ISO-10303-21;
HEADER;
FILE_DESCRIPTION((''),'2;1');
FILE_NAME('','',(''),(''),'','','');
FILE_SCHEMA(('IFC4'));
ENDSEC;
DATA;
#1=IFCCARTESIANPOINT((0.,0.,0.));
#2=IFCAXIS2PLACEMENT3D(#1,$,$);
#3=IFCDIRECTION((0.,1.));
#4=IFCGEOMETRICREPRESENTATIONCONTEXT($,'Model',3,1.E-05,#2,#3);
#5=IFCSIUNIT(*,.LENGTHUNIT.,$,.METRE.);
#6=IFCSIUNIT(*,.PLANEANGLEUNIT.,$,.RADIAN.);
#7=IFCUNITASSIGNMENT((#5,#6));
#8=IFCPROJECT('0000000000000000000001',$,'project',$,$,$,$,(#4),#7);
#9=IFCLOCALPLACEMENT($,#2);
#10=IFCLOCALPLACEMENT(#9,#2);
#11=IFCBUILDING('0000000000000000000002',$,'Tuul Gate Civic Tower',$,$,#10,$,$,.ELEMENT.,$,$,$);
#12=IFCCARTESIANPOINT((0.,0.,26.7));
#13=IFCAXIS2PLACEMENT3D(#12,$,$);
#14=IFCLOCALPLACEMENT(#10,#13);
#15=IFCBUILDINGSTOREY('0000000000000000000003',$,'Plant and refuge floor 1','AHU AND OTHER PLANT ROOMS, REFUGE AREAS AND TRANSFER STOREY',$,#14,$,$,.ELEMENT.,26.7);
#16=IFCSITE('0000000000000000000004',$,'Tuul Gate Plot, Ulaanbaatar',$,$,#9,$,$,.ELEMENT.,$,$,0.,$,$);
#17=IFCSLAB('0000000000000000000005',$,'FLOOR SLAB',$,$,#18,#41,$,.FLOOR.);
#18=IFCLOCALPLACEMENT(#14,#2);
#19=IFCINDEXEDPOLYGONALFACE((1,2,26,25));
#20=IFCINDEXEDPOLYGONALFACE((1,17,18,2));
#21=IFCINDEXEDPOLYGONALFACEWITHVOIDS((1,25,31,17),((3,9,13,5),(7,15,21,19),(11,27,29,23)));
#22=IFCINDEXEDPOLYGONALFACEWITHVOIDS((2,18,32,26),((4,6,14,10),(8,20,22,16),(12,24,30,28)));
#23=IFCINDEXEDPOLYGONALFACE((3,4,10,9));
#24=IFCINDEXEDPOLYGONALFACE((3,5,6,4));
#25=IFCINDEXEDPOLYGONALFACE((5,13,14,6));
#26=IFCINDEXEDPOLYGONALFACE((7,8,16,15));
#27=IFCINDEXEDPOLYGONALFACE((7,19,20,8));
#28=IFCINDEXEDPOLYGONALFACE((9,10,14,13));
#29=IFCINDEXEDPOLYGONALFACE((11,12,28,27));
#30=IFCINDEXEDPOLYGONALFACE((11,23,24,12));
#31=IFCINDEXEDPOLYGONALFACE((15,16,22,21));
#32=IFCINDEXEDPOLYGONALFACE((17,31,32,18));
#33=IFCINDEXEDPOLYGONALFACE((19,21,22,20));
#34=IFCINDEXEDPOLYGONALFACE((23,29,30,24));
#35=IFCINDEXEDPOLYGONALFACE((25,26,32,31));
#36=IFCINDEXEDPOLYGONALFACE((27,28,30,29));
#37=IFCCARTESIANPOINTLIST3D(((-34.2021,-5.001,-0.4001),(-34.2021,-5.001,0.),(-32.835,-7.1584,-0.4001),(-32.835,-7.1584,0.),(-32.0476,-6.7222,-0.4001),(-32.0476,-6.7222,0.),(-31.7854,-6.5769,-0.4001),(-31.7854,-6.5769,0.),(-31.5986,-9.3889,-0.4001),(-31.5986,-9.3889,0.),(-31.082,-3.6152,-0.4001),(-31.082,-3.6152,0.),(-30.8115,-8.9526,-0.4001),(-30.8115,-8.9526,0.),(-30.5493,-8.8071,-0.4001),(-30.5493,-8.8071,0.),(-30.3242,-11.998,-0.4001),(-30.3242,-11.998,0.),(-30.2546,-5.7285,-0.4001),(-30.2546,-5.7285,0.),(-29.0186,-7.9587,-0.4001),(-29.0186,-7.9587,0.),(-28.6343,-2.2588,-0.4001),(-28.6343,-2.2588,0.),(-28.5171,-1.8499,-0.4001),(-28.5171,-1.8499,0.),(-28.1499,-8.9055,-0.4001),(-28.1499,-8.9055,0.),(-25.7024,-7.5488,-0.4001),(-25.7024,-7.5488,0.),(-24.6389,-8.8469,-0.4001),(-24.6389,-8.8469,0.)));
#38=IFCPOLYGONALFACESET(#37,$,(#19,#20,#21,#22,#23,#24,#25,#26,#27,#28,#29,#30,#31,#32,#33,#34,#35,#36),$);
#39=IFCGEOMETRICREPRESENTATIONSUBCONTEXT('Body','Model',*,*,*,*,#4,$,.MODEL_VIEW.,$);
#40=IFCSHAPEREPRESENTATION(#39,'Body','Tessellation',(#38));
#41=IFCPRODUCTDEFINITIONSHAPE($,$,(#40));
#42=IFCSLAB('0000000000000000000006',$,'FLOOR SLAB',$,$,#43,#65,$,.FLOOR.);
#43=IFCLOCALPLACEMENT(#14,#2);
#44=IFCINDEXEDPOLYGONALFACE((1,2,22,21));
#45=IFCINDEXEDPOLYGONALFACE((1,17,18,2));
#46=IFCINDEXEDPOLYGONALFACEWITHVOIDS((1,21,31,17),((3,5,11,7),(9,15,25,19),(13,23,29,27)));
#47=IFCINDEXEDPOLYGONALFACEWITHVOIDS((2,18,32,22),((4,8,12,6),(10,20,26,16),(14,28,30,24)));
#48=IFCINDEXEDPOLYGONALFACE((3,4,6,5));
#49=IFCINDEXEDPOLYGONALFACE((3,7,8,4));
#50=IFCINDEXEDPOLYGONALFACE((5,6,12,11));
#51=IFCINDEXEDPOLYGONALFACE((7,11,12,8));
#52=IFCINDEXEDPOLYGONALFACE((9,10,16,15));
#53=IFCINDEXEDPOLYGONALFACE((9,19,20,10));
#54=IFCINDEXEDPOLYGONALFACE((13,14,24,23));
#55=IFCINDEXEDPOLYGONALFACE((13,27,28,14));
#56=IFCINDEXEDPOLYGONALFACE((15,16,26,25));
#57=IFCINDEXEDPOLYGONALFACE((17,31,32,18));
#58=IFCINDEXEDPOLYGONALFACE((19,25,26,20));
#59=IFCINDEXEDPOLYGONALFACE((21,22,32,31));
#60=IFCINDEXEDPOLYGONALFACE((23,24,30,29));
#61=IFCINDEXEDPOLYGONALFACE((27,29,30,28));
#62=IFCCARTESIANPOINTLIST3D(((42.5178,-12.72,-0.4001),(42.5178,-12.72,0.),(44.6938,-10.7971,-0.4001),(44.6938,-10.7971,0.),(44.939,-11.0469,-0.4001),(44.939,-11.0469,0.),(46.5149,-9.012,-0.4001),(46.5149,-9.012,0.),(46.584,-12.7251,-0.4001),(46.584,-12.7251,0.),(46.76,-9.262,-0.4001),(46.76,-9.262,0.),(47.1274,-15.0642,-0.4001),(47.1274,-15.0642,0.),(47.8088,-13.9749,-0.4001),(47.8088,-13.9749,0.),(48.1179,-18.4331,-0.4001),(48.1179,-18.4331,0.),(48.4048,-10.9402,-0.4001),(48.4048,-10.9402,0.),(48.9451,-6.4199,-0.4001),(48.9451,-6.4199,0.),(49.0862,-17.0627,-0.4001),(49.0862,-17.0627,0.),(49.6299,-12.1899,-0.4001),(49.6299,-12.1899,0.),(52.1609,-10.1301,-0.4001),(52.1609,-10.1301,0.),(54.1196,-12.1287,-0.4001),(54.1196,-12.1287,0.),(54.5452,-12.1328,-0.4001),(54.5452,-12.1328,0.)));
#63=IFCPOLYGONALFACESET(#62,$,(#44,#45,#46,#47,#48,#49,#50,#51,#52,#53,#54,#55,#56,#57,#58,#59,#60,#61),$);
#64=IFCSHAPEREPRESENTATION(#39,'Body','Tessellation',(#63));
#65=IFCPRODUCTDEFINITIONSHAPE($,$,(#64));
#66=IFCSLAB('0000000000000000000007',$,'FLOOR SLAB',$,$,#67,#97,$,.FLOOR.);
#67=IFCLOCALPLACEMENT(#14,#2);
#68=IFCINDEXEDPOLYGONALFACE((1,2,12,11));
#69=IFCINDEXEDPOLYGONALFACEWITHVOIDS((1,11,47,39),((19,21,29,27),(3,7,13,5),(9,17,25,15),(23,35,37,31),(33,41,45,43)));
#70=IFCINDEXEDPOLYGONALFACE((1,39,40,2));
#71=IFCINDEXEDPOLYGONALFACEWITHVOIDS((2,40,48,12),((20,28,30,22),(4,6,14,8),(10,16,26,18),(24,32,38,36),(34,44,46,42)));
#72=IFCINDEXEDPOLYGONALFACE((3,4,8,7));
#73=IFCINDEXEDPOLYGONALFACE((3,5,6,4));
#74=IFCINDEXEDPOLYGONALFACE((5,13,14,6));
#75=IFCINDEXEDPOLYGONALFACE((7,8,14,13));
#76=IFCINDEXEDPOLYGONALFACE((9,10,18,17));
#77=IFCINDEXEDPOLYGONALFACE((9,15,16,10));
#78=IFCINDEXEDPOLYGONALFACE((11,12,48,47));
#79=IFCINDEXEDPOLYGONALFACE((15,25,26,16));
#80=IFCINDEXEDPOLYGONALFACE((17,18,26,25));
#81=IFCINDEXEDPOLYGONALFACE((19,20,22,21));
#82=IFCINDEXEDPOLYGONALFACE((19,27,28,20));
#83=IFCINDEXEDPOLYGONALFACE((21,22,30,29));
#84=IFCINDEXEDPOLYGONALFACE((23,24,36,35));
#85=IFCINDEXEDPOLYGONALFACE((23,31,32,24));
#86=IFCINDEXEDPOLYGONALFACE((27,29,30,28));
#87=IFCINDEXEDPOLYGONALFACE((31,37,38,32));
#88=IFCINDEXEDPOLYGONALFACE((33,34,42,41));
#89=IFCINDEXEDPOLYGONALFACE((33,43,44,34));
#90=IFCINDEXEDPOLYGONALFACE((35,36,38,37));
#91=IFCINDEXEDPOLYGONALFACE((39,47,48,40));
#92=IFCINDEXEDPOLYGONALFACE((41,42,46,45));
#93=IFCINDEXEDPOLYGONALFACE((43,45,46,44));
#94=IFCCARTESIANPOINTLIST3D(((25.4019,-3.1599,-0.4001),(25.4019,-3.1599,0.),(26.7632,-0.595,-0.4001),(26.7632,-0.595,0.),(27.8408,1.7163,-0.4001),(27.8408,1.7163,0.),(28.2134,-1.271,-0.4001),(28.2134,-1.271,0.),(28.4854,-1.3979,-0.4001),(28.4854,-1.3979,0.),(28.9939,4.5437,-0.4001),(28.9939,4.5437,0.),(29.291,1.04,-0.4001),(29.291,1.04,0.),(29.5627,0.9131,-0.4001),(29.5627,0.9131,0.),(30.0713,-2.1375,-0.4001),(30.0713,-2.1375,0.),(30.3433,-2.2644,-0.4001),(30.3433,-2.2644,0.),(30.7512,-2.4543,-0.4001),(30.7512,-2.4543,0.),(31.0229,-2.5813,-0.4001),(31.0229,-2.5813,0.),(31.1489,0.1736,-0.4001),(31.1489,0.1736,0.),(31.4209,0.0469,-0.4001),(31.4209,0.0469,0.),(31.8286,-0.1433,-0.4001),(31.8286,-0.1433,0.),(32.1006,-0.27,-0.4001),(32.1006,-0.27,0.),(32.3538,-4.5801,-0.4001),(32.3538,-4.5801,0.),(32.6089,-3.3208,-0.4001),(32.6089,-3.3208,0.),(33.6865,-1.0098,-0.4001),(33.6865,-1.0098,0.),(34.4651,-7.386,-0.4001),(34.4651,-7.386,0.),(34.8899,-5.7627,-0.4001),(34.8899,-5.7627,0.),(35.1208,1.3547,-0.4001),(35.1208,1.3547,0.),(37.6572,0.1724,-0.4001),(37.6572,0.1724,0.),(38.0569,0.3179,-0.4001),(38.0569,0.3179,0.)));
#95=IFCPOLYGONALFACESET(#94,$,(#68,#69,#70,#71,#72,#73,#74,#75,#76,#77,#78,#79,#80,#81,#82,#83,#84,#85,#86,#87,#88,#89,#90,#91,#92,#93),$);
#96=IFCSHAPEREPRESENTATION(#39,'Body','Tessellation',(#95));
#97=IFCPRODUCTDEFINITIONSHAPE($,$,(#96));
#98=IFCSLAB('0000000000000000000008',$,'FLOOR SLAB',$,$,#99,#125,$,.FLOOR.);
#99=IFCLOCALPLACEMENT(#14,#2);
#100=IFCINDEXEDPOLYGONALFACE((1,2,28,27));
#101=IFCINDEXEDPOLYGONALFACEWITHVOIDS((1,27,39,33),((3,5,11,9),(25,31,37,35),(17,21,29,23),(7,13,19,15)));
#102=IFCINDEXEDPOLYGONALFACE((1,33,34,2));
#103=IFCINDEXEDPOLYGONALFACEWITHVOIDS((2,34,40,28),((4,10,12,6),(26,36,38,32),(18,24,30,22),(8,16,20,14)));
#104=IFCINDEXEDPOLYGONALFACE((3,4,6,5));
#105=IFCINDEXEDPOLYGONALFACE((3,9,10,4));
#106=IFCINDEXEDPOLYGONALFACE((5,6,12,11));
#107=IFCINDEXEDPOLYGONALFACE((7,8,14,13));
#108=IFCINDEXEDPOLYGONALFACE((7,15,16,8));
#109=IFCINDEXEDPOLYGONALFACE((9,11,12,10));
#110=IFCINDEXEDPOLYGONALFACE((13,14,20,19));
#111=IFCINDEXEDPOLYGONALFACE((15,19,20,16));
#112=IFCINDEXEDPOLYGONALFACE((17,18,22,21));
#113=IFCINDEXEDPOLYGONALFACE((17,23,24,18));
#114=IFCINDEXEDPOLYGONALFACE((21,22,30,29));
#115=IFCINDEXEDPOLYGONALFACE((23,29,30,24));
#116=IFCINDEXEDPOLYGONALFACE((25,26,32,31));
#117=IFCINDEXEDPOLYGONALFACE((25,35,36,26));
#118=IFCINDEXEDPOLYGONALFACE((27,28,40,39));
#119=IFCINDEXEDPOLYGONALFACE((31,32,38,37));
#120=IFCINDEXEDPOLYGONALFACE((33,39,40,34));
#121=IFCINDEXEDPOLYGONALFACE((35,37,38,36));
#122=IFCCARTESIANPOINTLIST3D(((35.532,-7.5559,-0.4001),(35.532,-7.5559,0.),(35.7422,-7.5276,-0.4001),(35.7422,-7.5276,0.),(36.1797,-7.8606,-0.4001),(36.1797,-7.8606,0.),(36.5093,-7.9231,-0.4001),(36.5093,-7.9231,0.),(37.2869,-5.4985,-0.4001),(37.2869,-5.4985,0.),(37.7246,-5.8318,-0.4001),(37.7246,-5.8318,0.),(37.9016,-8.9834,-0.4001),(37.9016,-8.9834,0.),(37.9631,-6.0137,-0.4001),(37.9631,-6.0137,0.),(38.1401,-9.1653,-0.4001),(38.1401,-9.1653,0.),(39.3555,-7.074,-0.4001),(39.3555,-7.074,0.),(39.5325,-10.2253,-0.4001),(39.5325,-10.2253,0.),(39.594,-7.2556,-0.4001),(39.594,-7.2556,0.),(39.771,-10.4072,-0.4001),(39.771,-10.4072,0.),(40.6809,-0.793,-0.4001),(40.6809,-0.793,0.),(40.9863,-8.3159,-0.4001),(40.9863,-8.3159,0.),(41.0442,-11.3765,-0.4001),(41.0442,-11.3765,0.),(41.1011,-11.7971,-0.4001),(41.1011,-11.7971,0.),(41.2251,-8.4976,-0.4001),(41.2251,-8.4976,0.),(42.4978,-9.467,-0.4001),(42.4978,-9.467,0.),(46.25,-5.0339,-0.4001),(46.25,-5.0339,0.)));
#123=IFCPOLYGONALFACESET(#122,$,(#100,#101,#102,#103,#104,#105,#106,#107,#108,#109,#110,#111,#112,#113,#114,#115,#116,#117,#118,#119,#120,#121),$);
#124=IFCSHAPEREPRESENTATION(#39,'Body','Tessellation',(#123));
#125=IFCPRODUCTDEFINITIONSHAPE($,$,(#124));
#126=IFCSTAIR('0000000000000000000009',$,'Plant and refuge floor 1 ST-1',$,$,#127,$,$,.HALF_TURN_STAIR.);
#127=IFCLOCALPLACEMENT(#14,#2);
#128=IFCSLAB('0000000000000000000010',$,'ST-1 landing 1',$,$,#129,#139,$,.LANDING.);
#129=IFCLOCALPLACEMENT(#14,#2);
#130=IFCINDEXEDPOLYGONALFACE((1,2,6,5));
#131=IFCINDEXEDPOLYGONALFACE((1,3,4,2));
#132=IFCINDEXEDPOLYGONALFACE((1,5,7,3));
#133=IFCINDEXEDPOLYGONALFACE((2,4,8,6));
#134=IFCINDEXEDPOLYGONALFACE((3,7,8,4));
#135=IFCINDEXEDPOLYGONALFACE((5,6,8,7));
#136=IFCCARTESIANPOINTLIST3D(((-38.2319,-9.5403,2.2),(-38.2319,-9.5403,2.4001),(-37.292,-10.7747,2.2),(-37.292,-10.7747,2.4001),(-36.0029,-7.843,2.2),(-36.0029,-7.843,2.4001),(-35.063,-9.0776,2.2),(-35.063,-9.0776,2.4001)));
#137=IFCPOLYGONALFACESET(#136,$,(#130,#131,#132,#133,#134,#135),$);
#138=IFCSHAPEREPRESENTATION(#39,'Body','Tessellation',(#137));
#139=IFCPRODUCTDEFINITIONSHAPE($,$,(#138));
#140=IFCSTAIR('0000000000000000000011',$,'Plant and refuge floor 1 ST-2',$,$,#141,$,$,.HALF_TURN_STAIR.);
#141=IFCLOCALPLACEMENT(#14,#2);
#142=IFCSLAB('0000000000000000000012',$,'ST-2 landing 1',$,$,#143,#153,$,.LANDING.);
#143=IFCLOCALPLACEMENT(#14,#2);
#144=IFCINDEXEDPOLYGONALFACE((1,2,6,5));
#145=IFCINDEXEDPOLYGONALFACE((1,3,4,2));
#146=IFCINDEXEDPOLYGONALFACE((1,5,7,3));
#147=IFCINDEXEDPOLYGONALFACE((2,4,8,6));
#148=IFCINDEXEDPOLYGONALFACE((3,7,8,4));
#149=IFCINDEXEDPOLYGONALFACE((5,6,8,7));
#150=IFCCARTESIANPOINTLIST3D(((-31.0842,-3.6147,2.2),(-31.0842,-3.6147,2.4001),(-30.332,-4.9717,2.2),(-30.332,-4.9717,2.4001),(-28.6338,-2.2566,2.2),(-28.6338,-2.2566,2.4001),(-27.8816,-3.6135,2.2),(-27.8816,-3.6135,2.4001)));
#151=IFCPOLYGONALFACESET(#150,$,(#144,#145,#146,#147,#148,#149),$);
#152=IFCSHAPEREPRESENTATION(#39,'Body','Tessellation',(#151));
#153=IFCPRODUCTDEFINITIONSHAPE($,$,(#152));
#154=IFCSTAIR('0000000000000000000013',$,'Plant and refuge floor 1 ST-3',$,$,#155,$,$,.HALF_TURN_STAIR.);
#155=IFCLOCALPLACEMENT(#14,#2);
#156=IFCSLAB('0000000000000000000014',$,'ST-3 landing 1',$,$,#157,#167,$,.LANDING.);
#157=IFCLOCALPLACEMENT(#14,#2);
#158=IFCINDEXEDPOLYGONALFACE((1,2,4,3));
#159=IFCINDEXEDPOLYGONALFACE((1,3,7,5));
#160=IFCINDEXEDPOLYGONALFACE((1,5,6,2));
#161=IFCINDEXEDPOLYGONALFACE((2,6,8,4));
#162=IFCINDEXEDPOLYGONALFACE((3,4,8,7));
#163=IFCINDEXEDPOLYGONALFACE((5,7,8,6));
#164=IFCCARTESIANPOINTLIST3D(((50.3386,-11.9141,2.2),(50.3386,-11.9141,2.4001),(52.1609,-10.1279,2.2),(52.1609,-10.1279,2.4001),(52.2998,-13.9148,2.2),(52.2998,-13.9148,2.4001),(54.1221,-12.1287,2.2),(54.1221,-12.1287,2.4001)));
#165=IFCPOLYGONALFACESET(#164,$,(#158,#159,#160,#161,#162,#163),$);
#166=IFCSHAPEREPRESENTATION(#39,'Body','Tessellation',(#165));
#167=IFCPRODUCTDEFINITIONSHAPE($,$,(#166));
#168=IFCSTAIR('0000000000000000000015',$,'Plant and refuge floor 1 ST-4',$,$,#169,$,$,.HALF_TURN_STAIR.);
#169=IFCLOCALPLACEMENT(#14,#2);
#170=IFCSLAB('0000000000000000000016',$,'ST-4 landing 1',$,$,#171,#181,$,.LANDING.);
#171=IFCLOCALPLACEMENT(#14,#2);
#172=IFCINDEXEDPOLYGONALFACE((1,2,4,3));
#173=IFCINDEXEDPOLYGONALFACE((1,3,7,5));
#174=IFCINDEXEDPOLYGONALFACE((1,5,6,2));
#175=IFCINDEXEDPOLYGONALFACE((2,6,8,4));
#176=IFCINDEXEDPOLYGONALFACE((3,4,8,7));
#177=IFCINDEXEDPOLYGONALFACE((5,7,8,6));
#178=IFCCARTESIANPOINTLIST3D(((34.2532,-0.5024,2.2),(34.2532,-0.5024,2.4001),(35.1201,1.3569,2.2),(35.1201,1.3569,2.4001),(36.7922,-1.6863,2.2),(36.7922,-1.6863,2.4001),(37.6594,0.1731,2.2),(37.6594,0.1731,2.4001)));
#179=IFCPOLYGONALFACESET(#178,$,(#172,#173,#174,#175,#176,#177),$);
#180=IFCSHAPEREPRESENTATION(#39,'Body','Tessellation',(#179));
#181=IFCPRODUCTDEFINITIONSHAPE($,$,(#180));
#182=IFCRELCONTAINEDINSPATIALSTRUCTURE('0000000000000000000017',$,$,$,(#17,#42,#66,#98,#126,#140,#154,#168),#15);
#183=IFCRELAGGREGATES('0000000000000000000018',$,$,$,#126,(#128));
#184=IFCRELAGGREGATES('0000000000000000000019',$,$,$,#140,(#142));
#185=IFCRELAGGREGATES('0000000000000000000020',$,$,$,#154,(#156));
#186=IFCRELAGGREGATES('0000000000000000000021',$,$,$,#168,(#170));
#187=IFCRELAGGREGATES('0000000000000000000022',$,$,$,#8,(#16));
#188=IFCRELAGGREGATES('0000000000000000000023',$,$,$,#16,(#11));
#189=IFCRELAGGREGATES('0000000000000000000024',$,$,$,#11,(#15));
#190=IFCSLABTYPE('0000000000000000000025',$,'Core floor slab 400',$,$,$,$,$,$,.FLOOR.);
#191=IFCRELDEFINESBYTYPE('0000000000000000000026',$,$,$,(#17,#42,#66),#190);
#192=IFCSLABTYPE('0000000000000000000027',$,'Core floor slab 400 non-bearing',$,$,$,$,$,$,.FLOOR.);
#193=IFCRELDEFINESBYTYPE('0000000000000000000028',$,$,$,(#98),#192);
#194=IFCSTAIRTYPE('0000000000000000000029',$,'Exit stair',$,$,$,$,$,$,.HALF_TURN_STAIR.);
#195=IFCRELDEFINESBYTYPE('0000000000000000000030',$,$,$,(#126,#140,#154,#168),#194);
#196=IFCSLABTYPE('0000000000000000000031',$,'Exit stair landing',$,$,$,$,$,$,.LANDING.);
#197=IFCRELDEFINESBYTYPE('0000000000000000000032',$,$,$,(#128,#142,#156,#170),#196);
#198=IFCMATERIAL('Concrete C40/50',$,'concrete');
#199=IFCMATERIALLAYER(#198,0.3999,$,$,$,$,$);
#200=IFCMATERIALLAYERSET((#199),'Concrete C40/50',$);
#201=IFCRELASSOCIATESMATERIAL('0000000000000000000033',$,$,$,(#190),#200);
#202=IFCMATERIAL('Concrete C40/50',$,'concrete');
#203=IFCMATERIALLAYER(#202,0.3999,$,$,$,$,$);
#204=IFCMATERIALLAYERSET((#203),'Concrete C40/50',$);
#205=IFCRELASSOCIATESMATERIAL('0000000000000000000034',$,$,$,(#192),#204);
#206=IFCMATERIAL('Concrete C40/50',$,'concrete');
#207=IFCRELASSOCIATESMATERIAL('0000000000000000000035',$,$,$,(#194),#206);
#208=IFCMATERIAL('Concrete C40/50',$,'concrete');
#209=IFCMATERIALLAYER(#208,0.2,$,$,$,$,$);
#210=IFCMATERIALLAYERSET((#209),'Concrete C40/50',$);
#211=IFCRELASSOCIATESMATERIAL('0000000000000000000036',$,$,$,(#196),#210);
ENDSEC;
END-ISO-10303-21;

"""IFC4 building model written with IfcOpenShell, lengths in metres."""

from ifc_helpers import new_model, si_unit, direction, frame, origin, place, context, subcontext, project, spatial, polyline, outline, extrude, material, layer, layer_set, type_object, element, aggregate, save


model = new_model("IFC4")

# Units and contexts
model_context = context("Model", 3, precision=1e-05, world=origin(), true_north=direction((0.0, 1.0)))
body_context = subcontext(model_context, "Body", "Model", "MODEL_VIEW")
ifc_project = project(units=[si_unit("LENGTHUNIT", "METRE"), si_unit("PLANEANGLEUNIT", "RADIAN")], contexts=[model_context])

# Site, building, storey
site_placement = place(None, origin())
site = spatial("IfcSite", under=ifc_project, at=site_placement, Name="Tuul Gate Plot, Ulaanbaatar", CompositionType="ELEMENT", RefElevation=0.0)
building_placement = place(site_placement, origin())
building = spatial("IfcBuilding", under=site, at=building_placement, Name="Tuul Gate Civic Tower", CompositionType="ELEMENT")
storey_placement = place(building_placement, frame((0.0, 0.0, 26.7)))
storey = spatial("IfcBuildingStorey", under=building, at=storey_placement, Name="Plant and refuge floor 1", Description="AHU AND OTHER PLANT ROOMS, REFUGE AREAS AND TRANSFER STOREY", CompositionType="ELEMENT", Elevation=26.7)

# Slabs
ifc_material_1 = material(Name="Concrete C40/50", Category="concrete")
ifc_layer_1 = layer(ifc_material_1, 0.3999)
ifc_layer_set_1 = layer_set([ifc_layer_1], Name="Concrete C40/50")
slab_type_1 = type_object("IfcSlabType", Name="Core floor slab 400", PredefinedType="FLOOR", material=ifc_layer_set_1)
slab_1_placement = place(storey_placement, frame((0.0, 0.0, -0.4001)))
element("IfcSlab", 1, at=slab_1_placement, inside=storey, type_object=slab_type_1, Name="FLOOR SLAB", PredefinedType="FLOOR", context=body_context, shape_type="SweptSolid", body=[
    extrude(outline(polyline([(-24.6389, -8.8469), (-28.5171, -1.8499), (-34.2021, -5.001), (-30.3242, -11.998), (-24.6389, -8.8469)]), holes=[polyline([(-29.0186, -7.9587), (-30.2546, -5.7285), (-31.7854, -6.5769), (-30.5493, -8.8071), (-29.0186, -7.9587)]), polyline([(-30.8115, -8.9526), (-32.0476, -6.7222), (-32.835, -7.1584), (-31.5986, -9.3889), (-30.8115, -8.9526)]), polyline([(-25.7024, -7.5488), (-28.1499, -8.9055), (-31.082, -3.6152), (-28.6343, -2.2588), (-25.7024, -7.5488)])]), origin(), (0.0, 0.0, 1.0), 0.4001),
])
slab_2_placement = place(storey_placement, frame((0.0, 0.0, -0.4001)))
element("IfcSlab", 2, at=slab_2_placement, inside=storey, type_object=slab_type_1, Name="FLOOR SLAB", PredefinedType="FLOOR", context=body_context, shape_type="SweptSolid", body=[
    extrude(outline(polyline([(48.1179, -18.4331), (54.5452, -12.1328), (48.9451, -6.4199), (42.5178, -12.72), (48.1179, -18.4331)]), holes=[polyline([(47.8088, -13.9749), (49.6299, -12.1899), (48.4048, -10.9402), (46.584, -12.7251), (47.8088, -13.9749)]), polyline([(44.939, -11.0469), (46.76, -9.262), (46.5149, -9.012), (44.6938, -10.7971), (44.939, -11.0469)]), polyline([(49.0862, -17.0627), (47.1274, -15.0642), (52.1609, -10.1301), (54.1196, -12.1287), (49.0862, -17.0627)])]), origin(), (0.0, 0.0, 1.0), 0.4001),
])
slab_3_placement = place(storey_placement, frame((0.0, 0.0, -0.4001)))
element("IfcSlab", 3, at=slab_3_placement, inside=storey, type_object=slab_type_1, Name="FLOOR SLAB", PredefinedType="FLOOR", context=body_context, shape_type="SweptSolid", body=[
    extrude(outline(polyline([(34.4651, -7.386), (38.0569, 0.3179), (28.9939, 4.5437), (25.4019, -3.1599), (34.4651, -7.386)]), holes=[polyline([(32.6089, -3.3208), (33.6865, -1.0098), (32.1006, -0.27), (31.0229, -2.5813), (32.6089, -3.3208)]), polyline([(30.0713, -2.1375), (31.1489, 0.1736), (29.5627, 0.9131), (28.4854, -1.3979), (30.0713, -2.1375)]), polyline([(30.7512, -2.4543), (31.8286, -0.1433), (31.4209, 0.0469), (30.3433, -2.2644), (30.7512, -2.4543)]), polyline([(28.2134, -1.271), (29.291, 1.04), (27.8408, 1.7163), (26.7632, -0.595), (28.2134, -1.271)]), polyline([(34.8899, -5.7627), (32.3538, -4.5801), (35.1208, 1.3547), (37.6572, 0.1724), (34.8899, -5.7627)])]), origin(), (0.0, 0.0, 1.0), 0.4001),
])
ifc_material_2 = material(Name="Concrete C40/50", Category="concrete")
ifc_layer_2 = layer(ifc_material_2, 0.3999)
ifc_layer_set_2 = layer_set([ifc_layer_2], Name="Concrete C40/50")
slab_type_2 = type_object("IfcSlabType", Name="Core floor slab 400 non-bearing", PredefinedType="FLOOR", material=ifc_layer_set_2)
slab_4_placement = place(storey_placement, frame((0.0, 0.0, -0.4001)))
element("IfcSlab", 4, at=slab_4_placement, inside=storey, type_object=slab_type_2, Name="FLOOR SLAB", PredefinedType="FLOOR", context=body_context, shape_type="SweptSolid", body=[
    extrude(outline(polyline([(41.1011, -11.7971), (46.25, -5.0339), (40.6809, -0.793), (35.532, -7.5559), (41.1011, -11.7971)]), holes=[polyline([(41.0442, -11.3765), (42.4978, -9.467), (41.2251, -8.4976), (39.771, -10.4072), (41.0442, -11.3765)]), polyline([(39.5325, -10.2253), (40.9863, -8.3159), (39.594, -7.2556), (38.1401, -9.1653), (39.5325, -10.2253)]), polyline([(37.9016, -8.9834), (39.3555, -7.074), (37.9631, -6.0137), (36.5093, -7.9231), (37.9016, -8.9834)]), polyline([(36.1797, -7.8606), (37.7246, -5.8318), (37.2869, -5.4985), (35.7422, -7.5276), (36.1797, -7.8606)])]), origin(), (0.0, 0.0, 1.0), 0.4001),
])

# Stairs, slabs
ifc_material_3 = material(Name="Concrete C40/50", Category="concrete")
stair_type = type_object("IfcStairType", Name="Exit stair", PredefinedType="HALF_TURN_STAIR", material=ifc_material_3)
stair_1_placement = place(storey_placement, origin())
stair_1 = element("IfcStair", 5, at=stair_1_placement, inside=storey, type_object=stair_type, Name="Plant and refuge floor 1 ST-1", PredefinedType="HALF_TURN_STAIR")
ifc_material_4 = material(Name="Concrete C40/50", Category="concrete")
ifc_layer_3 = layer(ifc_material_4, 0.2)
ifc_layer_set_3 = layer_set([ifc_layer_3], Name="Concrete C40/50")
slab_type_3 = type_object("IfcSlabType", Name="Exit stair landing", PredefinedType="LANDING", material=ifc_layer_set_3)
slab_5_placement = place(storey_placement, frame((0.0, 0.0, 2.2)))
slab_5 = element("IfcSlab", 6, at=slab_5_placement, type_object=slab_type_3, Name="ST-1 landing 1", PredefinedType="LANDING", context=body_context, shape_type="SweptSolid", body=[
    extrude(outline(polyline([(-35.063, -9.0776), (-37.292, -10.7747), (-38.2319, -9.5403), (-36.0029, -7.843), (-35.063, -9.0776)])), origin(), (0.0, 0.0, 1.0), 0.2002),
])
aggregate(stair_1, [slab_5])
stair_2_placement = place(storey_placement, origin())
stair_2 = element("IfcStair", 7, at=stair_2_placement, inside=storey, type_object=stair_type, Name="Plant and refuge floor 1 ST-2", PredefinedType="HALF_TURN_STAIR")
slab_6_placement = place(storey_placement, frame((0.0, 0.0, 2.2)))
slab_6 = element("IfcSlab", 8, at=slab_6_placement, type_object=slab_type_3, Name="ST-2 landing 1", PredefinedType="LANDING", context=body_context, shape_type="SweptSolid", body=[
    extrude(outline(polyline([(-27.8816, -3.6135), (-30.332, -4.9717), (-31.0842, -3.6147), (-28.6338, -2.2566), (-27.8816, -3.6135)])), origin(), (0.0, 0.0, 1.0), 0.2002),
])
aggregate(stair_2, [slab_6])
stair_3_placement = place(storey_placement, origin())
stair_3 = element("IfcStair", 9, at=stair_3_placement, inside=storey, type_object=stair_type, Name="Plant and refuge floor 1 ST-3", PredefinedType="HALF_TURN_STAIR")
slab_7_placement = place(storey_placement, frame((0.0, 0.0, 2.2)))
slab_7 = element("IfcSlab", 10, at=slab_7_placement, type_object=slab_type_3, Name="ST-3 landing 1", PredefinedType="LANDING", context=body_context, shape_type="SweptSolid", body=[
    extrude(outline(polyline([(52.2998, -13.9148), (50.3386, -11.9141), (52.1609, -10.1279), (54.1221, -12.1287), (52.2998, -13.9148)])), origin(), (0.0, 0.0, 1.0), 0.2002),
])
aggregate(stair_3, [slab_7])
stair_4_placement = place(storey_placement, origin())
stair_4 = element("IfcStair", 11, at=stair_4_placement, inside=storey, type_object=stair_type, Name="Plant and refuge floor 1 ST-4", PredefinedType="HALF_TURN_STAIR")
slab_8_placement = place(storey_placement, frame((0.0, 0.0, 2.2)))
slab_8 = element("IfcSlab", 12, at=slab_8_placement, type_object=slab_type_3, Name="ST-4 landing 1", PredefinedType="LANDING", context=body_context, shape_type="SweptSolid", body=[
    extrude(outline(polyline([(36.7922, -1.6863), (34.2532, -0.5024), (35.1201, 1.3569), (37.6594, 0.1731), (36.7922, -1.6863)])), origin(), (0.0, 0.0, 1.0), 0.2002),
])
aggregate(stair_4, [slab_8])

save(model, "model.ifc")
